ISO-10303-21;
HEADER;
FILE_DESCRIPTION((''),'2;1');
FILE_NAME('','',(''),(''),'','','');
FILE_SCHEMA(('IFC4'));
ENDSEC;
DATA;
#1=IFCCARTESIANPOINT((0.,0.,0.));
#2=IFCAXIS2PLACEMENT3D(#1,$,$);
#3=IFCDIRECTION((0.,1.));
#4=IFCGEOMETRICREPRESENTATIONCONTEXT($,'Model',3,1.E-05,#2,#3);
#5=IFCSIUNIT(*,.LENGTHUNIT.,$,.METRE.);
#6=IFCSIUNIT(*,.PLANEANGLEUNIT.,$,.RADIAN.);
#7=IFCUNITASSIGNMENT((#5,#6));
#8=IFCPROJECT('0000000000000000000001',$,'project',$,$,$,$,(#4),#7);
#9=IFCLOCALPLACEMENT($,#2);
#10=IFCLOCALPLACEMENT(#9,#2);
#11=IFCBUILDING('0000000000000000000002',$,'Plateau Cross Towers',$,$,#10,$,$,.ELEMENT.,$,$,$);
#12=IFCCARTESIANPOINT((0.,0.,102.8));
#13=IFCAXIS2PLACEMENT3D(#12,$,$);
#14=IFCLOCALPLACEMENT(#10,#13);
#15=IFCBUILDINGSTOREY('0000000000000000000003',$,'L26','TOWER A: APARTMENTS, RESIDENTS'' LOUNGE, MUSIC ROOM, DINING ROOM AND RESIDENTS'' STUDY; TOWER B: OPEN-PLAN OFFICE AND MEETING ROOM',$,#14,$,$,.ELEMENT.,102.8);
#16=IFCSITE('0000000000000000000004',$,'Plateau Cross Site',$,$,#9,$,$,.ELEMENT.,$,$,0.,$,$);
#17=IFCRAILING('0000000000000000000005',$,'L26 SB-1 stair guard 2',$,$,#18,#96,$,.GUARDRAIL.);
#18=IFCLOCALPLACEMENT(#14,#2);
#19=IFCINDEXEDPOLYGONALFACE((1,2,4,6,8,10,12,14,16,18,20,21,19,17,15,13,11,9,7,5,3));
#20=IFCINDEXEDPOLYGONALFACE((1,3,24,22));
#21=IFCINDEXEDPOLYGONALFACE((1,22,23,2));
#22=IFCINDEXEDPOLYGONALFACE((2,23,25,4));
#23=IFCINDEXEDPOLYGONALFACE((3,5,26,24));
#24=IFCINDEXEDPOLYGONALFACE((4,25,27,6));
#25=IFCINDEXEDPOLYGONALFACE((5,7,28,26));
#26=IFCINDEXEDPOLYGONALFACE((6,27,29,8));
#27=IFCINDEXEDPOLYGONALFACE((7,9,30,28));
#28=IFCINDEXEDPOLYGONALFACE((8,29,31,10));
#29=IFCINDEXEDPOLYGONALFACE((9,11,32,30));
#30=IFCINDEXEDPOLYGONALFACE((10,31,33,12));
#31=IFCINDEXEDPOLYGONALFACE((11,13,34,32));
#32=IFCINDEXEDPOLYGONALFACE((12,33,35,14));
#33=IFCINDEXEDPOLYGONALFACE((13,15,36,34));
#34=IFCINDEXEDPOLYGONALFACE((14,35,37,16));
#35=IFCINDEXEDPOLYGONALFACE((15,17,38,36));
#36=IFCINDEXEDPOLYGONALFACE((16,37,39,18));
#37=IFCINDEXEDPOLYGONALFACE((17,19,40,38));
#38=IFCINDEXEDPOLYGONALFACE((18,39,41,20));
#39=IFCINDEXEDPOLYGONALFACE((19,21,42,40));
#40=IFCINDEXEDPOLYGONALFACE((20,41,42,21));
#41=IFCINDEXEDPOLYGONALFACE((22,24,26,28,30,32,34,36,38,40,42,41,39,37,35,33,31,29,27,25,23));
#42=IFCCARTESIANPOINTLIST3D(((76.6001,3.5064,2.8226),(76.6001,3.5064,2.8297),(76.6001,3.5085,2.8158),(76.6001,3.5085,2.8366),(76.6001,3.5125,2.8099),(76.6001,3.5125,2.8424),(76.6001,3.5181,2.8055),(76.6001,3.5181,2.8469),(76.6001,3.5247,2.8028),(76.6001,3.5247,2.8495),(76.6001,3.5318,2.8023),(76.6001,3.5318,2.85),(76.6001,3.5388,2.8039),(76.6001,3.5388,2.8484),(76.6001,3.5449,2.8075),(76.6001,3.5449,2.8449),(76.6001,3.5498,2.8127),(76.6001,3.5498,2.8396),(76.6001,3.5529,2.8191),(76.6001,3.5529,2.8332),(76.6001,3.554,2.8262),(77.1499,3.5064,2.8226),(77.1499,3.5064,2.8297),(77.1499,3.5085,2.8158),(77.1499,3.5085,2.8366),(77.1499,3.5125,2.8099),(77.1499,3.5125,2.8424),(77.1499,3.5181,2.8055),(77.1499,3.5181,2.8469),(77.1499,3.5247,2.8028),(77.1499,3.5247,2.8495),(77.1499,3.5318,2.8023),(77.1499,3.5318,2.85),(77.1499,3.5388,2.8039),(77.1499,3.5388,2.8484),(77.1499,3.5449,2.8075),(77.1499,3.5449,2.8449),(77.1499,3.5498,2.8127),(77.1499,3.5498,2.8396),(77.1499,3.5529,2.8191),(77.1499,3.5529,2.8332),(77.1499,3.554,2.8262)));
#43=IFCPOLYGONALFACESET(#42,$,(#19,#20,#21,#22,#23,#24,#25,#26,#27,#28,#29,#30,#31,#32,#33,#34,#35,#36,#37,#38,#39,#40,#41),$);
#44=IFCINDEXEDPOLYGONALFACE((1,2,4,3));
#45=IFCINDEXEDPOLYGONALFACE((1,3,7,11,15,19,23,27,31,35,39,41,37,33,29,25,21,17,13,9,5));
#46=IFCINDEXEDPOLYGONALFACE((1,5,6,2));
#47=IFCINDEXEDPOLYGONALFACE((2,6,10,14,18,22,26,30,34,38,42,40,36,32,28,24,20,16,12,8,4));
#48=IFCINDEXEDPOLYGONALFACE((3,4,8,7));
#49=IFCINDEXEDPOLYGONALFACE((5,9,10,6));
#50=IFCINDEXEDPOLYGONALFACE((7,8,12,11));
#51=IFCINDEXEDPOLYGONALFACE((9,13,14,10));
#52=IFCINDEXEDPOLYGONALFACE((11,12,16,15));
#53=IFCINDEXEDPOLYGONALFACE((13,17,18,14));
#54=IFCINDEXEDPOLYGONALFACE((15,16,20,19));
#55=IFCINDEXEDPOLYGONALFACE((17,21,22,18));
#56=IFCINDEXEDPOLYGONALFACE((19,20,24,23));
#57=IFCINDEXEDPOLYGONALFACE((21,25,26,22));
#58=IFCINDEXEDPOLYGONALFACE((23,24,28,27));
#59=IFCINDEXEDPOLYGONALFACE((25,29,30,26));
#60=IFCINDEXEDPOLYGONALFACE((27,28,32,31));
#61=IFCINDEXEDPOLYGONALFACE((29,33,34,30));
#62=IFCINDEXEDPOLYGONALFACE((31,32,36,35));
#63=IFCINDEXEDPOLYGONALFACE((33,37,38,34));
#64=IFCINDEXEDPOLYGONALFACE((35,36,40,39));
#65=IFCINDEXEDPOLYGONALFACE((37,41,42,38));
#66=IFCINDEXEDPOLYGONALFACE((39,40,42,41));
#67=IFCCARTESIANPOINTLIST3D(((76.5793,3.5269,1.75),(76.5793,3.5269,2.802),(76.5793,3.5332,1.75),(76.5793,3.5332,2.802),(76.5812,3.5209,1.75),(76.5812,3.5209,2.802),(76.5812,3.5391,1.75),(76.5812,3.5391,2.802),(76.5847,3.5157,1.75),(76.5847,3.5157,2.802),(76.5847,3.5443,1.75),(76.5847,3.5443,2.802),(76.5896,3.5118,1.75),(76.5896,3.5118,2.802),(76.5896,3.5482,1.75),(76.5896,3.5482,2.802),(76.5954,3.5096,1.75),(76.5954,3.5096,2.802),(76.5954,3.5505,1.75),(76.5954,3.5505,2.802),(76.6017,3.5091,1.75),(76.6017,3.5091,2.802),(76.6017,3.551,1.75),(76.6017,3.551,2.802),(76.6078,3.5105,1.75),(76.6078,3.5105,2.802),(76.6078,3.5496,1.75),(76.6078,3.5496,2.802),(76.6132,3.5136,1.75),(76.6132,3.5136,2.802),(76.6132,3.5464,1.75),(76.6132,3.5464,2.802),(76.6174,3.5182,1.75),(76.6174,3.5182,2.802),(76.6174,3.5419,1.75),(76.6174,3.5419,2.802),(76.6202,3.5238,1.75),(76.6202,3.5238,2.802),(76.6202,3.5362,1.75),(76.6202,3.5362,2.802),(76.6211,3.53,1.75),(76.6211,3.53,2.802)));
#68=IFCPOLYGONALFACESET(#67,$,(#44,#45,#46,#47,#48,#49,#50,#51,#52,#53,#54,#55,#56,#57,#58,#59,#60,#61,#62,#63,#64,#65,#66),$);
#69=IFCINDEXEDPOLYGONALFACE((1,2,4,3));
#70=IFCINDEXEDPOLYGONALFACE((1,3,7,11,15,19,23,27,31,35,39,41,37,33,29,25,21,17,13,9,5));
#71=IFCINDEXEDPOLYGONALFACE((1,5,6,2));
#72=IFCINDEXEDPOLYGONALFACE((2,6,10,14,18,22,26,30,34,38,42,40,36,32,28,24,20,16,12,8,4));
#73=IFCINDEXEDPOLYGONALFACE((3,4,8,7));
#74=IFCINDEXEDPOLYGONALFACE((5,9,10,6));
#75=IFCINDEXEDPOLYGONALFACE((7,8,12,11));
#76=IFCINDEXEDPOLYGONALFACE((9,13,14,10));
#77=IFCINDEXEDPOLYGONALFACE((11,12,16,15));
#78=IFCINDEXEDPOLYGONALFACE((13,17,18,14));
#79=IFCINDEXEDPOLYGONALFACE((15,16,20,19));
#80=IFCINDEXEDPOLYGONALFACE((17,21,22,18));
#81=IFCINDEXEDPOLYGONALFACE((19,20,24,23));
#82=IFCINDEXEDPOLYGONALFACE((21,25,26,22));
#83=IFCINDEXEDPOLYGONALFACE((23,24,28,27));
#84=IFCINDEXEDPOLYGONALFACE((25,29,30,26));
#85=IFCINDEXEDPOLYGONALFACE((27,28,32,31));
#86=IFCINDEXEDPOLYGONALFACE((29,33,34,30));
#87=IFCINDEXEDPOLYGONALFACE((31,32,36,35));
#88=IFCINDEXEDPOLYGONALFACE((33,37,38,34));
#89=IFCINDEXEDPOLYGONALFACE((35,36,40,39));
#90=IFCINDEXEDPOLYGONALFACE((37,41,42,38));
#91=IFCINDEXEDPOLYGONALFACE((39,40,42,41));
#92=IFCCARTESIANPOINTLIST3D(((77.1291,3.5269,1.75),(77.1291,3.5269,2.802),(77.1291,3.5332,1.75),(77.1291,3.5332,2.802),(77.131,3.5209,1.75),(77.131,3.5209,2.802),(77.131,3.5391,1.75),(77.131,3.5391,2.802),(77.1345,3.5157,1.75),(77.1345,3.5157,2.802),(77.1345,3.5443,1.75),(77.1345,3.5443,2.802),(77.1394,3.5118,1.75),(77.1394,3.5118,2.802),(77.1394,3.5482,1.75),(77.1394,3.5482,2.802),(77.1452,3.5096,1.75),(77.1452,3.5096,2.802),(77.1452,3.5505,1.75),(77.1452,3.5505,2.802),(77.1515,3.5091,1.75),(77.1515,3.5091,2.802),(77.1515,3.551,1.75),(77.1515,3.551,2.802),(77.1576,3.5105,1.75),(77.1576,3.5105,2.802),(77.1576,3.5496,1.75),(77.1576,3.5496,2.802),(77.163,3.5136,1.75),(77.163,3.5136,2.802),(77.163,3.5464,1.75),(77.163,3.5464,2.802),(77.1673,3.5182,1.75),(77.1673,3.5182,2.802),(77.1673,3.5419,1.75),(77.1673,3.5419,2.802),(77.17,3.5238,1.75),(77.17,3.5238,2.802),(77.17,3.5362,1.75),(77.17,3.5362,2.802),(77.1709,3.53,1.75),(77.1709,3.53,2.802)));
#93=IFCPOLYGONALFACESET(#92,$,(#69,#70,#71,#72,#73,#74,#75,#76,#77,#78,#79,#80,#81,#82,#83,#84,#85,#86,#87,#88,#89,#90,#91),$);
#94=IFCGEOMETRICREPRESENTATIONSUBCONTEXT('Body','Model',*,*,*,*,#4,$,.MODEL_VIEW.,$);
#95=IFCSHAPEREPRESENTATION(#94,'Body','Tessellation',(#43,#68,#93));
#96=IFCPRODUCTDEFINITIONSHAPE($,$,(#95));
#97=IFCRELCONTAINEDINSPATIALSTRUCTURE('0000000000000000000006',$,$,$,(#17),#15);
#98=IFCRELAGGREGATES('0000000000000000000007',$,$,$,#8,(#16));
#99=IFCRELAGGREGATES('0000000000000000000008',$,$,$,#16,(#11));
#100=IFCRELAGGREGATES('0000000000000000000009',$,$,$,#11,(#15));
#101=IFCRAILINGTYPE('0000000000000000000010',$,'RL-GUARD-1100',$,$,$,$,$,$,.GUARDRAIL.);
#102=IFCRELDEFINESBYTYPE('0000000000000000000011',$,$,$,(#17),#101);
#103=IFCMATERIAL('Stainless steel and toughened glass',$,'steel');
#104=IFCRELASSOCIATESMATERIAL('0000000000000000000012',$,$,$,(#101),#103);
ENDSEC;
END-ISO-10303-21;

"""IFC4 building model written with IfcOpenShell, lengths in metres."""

from ifc_helpers import new_model, si_unit, direction, frame, origin, origin_2d, place, context, subcontext, project, spatial, circle, extrude, material, type_object, element, save


model = new_model("IFC4")

# Units and contexts
model_context = context("Model", 3, precision=1e-05, world=origin(), true_north=direction((0.0, 1.0)))
body_context = subcontext(model_context, "Body", "Model", "MODEL_VIEW")
ifc_project = project(units=[si_unit("LENGTHUNIT", "METRE"), si_unit("PLANEANGLEUNIT", "RADIAN")], contexts=[model_context])

# Site, building, storey
site_placement = place(None, origin())
site = spatial("IfcSite", under=ifc_project, at=site_placement, Name="Plateau Cross Site", CompositionType="ELEMENT", RefElevation=0.0)
building_placement = place(site_placement, origin())
building = spatial("IfcBuilding", under=site, at=building_placement, Name="Plateau Cross Towers", CompositionType="ELEMENT")
storey_placement = place(building_placement, frame((0.0, 0.0, 102.8)))
storey = spatial("IfcBuildingStorey", under=building, at=storey_placement, Name="L26", Description="TOWER A: APARTMENTS, RESIDENTS' LOUNGE, MUSIC ROOM, DINING ROOM AND RESIDENTS' STUDY; TOWER B: OPEN-PLAN OFFICE AND MEETING ROOM", CompositionType="ELEMENT", Elevation=102.8)

# Railing
ifc_material_1 = material(Name="Stainless steel and toughened glass", Category="steel")
railing_type_1 = type_object("IfcRailingType", Name="RL-GUARD-1100", PredefinedType="GUARDRAIL", material=ifc_material_1)
railing_1_placement = place(storey_placement, frame((76.6001, 3.53, 1.75)))
element("IfcRailing", 1, at=railing_1_placement, inside=storey, type_object=railing_type_1, Name="L26 SB-1 stair guard 2", PredefinedType="GUARDRAIL", context=body_context, shape_type="SweptSolid", body=[
    extrude(circle(Radius=0.0239, at=origin_2d()), frame((0.0, 0.0, 1.0762), z_axis=(1.0, 0.0, 0.0), x_axis=(0.0, 1.0, 0.0)), (0.0, 0.0, 1.0), 0.5498),
    extrude(circle(Radius=0.021, at=origin_2d()), origin(), (0.0, 0.0, 1.0), 1.052),
    extrude(circle(Radius=0.021, at=origin_2d()), frame((0.5498, 0.0, 0.0)), (0.0, 0.0, 1.0), 1.052),
])

save(model, "model.ifc")
